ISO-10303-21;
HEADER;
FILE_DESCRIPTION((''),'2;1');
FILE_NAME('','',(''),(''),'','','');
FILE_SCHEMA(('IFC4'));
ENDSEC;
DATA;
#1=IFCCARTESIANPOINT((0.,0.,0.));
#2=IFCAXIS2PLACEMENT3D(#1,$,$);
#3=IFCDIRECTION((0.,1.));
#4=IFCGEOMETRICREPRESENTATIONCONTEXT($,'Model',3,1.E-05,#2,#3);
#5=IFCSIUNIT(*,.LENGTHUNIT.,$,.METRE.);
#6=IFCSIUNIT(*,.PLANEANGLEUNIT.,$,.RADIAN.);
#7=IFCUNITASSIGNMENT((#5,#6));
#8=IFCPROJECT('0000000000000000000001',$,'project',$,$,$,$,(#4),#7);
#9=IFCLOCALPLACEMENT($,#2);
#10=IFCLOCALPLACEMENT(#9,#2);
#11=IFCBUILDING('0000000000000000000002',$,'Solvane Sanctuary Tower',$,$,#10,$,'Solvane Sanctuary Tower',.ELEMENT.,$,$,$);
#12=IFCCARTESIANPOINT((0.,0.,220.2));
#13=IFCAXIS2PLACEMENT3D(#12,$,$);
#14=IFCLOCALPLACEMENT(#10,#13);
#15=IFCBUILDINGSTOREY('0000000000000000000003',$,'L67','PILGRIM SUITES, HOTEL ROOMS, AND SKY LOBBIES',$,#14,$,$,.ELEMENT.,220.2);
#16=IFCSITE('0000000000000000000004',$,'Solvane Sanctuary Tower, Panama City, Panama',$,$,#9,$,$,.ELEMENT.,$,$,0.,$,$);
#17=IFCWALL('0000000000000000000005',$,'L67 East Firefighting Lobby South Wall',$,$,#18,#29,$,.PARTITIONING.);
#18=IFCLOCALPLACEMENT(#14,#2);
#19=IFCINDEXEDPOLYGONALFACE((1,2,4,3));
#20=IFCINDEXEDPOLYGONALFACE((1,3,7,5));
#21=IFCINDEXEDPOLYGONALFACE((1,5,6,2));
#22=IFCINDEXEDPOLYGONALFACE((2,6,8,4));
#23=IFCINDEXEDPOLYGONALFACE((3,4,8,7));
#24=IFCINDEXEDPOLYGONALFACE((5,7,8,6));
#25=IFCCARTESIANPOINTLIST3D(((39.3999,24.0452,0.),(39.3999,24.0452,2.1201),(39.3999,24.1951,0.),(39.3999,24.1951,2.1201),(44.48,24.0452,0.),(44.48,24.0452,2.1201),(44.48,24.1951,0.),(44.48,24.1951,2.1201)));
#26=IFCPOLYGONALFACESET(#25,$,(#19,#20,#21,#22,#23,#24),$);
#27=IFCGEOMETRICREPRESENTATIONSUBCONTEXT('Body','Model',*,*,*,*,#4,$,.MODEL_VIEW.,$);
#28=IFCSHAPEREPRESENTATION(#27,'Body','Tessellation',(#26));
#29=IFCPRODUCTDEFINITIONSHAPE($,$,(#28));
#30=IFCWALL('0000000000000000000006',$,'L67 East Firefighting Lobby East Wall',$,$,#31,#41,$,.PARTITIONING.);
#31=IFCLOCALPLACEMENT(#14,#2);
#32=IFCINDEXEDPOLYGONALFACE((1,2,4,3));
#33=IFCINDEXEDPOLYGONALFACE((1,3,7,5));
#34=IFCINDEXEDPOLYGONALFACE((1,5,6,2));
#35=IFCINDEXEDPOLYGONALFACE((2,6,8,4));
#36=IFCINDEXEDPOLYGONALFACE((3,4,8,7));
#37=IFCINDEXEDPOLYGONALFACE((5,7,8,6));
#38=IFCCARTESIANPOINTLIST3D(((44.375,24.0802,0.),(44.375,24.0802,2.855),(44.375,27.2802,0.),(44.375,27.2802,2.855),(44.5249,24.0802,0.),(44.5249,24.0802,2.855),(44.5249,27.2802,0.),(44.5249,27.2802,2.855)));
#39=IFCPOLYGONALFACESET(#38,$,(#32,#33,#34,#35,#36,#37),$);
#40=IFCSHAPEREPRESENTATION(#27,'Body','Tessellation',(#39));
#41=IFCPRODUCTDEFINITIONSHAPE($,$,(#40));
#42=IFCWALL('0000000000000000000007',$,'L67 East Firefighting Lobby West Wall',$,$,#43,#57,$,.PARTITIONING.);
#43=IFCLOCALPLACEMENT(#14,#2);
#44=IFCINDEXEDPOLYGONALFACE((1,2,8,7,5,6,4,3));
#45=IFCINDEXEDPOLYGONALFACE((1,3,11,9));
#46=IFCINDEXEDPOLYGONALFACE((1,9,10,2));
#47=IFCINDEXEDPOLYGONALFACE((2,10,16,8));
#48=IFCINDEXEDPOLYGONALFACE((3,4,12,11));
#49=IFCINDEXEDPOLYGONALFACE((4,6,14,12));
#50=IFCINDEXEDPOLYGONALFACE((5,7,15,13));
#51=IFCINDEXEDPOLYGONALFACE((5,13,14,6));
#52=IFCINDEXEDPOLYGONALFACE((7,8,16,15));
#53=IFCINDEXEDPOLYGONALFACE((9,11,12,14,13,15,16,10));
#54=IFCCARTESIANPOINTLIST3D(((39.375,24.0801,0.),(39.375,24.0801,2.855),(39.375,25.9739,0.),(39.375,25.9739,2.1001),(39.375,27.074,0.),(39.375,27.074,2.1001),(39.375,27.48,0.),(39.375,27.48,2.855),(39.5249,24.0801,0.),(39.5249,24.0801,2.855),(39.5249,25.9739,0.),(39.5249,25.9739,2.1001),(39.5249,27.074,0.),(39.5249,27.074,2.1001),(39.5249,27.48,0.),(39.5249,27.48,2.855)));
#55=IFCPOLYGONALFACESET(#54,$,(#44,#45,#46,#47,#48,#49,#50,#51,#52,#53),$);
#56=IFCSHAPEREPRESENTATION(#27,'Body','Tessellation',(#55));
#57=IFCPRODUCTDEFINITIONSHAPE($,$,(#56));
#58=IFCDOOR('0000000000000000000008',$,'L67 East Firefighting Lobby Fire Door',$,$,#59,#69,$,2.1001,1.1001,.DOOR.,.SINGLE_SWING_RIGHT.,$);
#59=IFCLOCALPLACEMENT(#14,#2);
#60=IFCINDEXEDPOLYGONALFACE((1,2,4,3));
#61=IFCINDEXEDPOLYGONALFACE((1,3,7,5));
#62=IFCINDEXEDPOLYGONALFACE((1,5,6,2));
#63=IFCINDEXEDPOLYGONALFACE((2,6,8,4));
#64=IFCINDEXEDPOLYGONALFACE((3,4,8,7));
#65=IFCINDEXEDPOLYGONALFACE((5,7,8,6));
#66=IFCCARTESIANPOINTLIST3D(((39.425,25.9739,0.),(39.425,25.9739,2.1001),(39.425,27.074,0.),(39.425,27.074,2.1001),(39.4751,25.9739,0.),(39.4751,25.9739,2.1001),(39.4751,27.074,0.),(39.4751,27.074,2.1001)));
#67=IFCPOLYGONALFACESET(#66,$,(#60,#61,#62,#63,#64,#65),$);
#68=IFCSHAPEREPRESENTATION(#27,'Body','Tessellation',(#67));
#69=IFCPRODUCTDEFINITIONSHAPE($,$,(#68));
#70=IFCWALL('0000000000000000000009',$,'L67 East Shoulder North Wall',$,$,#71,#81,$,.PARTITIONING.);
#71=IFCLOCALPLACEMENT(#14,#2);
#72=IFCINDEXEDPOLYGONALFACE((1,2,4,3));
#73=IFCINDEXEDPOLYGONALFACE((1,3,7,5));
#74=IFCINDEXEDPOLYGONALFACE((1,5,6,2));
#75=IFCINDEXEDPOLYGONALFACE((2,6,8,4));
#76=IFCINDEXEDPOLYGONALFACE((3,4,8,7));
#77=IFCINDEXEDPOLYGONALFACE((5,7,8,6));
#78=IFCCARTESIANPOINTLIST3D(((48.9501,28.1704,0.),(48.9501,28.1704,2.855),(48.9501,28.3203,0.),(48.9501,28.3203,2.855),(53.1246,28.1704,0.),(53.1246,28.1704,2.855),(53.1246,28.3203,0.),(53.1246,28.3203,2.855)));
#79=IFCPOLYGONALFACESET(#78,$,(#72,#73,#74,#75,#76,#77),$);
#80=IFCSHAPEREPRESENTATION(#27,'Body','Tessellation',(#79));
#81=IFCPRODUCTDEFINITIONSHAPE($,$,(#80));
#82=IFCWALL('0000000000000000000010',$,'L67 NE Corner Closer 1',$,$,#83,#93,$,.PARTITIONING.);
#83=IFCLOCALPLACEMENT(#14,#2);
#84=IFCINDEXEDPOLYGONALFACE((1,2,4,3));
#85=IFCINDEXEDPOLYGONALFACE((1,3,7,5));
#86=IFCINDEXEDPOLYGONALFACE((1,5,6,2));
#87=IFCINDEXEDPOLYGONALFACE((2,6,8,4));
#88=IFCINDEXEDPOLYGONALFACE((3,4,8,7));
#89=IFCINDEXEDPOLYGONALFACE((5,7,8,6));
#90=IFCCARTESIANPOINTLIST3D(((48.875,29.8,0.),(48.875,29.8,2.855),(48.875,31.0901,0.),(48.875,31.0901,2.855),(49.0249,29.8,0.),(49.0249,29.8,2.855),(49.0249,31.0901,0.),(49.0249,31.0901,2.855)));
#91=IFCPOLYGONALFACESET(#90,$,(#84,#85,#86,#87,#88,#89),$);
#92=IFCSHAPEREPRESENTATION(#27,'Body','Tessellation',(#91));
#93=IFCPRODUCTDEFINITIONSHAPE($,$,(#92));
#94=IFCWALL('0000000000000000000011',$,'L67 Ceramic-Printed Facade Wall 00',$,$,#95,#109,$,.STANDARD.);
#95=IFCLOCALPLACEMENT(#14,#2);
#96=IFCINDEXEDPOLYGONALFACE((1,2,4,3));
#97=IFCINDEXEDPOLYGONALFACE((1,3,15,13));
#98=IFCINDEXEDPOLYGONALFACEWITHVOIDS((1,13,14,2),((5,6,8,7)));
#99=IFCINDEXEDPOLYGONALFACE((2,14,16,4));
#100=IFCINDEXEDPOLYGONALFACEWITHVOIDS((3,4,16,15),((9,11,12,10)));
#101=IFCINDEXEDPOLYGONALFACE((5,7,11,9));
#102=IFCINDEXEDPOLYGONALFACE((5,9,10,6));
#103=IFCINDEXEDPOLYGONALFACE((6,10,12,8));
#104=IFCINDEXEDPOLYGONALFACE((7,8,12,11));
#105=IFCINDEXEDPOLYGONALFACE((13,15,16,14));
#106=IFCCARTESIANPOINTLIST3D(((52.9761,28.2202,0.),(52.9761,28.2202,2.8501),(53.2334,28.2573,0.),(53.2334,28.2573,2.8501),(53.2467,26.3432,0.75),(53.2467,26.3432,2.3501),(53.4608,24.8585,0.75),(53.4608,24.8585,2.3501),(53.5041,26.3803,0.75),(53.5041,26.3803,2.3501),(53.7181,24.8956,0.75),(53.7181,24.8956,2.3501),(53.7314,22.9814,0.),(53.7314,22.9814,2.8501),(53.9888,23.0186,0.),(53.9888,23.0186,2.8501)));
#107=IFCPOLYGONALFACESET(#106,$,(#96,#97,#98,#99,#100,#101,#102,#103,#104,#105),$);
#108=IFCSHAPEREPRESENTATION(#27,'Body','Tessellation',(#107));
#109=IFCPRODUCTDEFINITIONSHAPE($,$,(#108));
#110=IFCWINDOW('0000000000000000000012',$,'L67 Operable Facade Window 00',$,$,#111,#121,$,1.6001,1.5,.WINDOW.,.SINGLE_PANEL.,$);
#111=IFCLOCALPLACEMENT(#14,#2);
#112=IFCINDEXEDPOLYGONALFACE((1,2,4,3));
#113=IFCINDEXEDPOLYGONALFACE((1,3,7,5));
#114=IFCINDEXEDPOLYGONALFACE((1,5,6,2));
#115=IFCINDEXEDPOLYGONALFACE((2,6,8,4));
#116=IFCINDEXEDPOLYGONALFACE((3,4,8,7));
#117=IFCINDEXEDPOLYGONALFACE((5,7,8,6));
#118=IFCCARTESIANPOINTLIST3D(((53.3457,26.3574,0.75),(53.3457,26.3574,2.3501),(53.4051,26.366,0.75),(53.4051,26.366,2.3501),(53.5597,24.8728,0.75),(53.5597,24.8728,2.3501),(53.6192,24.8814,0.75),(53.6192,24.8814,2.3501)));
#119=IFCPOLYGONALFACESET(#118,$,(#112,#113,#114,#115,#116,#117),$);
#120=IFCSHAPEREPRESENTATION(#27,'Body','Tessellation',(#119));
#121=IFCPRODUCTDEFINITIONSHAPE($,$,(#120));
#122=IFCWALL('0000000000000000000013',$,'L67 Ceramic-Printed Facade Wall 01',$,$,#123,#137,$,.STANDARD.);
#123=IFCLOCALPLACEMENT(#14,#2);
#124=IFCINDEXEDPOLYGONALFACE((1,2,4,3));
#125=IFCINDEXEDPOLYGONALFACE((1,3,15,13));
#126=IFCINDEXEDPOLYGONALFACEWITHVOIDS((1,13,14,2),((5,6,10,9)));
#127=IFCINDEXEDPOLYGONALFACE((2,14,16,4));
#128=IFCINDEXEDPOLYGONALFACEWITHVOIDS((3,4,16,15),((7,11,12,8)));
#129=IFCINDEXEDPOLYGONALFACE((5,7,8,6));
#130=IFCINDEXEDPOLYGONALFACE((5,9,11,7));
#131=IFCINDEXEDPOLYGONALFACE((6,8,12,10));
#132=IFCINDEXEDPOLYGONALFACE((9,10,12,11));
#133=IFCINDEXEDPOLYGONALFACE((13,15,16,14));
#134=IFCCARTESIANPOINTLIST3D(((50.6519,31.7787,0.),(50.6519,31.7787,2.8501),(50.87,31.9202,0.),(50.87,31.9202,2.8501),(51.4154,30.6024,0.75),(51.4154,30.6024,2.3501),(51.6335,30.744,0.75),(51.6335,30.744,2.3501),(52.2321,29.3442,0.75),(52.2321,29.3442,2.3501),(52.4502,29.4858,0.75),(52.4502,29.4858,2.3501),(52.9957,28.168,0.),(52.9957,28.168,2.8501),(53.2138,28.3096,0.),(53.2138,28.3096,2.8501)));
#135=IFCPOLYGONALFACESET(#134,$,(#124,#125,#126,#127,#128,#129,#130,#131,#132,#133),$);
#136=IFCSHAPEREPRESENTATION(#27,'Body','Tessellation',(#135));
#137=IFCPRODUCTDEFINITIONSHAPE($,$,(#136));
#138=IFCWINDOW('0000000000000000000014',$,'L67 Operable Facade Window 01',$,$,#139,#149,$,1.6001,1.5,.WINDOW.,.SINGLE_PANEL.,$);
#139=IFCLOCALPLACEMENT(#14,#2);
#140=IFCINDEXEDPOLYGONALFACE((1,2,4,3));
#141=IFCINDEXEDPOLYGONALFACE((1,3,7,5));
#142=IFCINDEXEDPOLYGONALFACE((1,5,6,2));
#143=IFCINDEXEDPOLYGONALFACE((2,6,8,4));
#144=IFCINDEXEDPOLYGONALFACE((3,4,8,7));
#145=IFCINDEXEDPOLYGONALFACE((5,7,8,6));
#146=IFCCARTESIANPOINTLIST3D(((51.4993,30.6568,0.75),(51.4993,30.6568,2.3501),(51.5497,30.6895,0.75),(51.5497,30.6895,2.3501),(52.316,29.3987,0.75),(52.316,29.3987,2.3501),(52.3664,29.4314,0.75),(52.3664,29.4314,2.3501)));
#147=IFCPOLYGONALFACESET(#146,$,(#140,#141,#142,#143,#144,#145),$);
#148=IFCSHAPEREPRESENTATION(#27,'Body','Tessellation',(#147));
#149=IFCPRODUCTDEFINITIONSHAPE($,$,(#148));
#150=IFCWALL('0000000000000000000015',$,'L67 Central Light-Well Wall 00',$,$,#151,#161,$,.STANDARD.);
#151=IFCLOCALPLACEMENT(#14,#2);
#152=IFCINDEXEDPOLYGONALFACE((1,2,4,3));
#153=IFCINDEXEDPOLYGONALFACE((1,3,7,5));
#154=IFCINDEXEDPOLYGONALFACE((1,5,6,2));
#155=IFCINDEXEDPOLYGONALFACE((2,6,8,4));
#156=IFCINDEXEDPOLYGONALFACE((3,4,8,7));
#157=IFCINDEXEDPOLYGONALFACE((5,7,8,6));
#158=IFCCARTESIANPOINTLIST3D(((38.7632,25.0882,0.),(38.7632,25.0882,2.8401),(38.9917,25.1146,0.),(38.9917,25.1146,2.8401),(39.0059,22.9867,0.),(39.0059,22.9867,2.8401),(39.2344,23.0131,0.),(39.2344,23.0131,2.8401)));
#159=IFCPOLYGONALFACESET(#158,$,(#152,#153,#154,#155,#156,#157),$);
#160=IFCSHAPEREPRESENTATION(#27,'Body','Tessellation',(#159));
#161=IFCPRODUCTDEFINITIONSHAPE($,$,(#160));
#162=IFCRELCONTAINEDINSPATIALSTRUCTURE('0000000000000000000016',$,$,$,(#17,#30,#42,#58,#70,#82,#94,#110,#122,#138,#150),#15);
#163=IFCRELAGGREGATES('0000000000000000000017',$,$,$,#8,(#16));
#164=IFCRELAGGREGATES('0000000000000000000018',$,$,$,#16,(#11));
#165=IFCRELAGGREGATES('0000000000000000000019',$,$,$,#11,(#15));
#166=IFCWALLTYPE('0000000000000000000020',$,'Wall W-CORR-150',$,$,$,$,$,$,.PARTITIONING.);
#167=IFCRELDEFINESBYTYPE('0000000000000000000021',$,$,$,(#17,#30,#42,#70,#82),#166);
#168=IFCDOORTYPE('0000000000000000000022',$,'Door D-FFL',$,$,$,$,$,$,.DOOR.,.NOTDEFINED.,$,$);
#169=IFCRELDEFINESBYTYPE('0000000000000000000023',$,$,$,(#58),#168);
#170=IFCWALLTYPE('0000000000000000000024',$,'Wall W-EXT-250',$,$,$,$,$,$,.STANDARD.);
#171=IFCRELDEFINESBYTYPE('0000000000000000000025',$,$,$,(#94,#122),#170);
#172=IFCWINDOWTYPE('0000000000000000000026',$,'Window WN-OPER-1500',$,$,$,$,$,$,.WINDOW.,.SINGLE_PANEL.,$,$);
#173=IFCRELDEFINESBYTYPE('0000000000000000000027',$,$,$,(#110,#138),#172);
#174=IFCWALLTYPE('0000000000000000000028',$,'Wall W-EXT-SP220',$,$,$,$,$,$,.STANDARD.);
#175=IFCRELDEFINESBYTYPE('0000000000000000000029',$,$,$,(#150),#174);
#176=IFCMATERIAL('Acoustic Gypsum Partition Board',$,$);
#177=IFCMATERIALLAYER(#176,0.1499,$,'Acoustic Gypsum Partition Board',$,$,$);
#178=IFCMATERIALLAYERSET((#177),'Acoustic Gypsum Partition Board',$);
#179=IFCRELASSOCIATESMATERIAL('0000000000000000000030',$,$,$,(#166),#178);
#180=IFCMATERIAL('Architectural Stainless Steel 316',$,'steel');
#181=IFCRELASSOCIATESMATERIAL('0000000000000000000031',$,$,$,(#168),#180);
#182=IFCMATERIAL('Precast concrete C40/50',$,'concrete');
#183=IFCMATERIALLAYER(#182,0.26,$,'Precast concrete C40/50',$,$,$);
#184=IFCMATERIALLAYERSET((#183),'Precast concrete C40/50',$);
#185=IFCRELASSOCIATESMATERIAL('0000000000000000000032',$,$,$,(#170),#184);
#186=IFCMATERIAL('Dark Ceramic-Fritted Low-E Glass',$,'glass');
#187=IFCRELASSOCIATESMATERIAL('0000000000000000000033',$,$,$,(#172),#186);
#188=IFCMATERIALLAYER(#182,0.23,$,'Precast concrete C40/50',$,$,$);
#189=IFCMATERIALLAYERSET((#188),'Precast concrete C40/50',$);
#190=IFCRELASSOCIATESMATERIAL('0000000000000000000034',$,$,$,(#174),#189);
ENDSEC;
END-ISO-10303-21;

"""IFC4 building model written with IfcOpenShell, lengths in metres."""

from ifc_helpers import new_model, si_unit, direction, frame, frame_2d, origin, place, context, subcontext, project, spatial, rectangle, extrude, material, layer, layer_set, type_object, element, fill, save


model = new_model("IFC4")

# Units and contexts
model_context = context("Model", 3, precision=1e-05, world=origin(), true_north=direction((0.0, 1.0)))
body_context = subcontext(model_context, "Body", "Model", "MODEL_VIEW")
ifc_project = project(units=[si_unit("LENGTHUNIT", "METRE"), si_unit("PLANEANGLEUNIT", "RADIAN")], contexts=[model_context])

# Site, building, storey
site_placement = place(None, origin())
site = spatial("IfcSite", under=ifc_project, at=site_placement, Name="Solvane Sanctuary Tower, Panama City, Panama", CompositionType="ELEMENT", RefElevation=0.0)
building_placement = place(site_placement, origin())
building = spatial("IfcBuilding", under=site, at=building_placement, Name="Solvane Sanctuary Tower", LongName="Solvane Sanctuary Tower", CompositionType="ELEMENT")
storey_placement = place(building_placement, frame((0.0, 0.0, 220.2)))
storey = spatial("IfcBuildingStorey", under=building, at=storey_placement, Name="L67", Description="PILGRIM SUITES, HOTEL ROOMS, AND SKY LOBBIES", CompositionType="ELEMENT", Elevation=220.2)

# Walls
ifc_material_1 = material(Name="Acoustic Gypsum Partition Board")
ifc_layer_1 = layer(ifc_material_1, 0.1499, Name="Acoustic Gypsum Partition Board")
ifc_layer_set_1 = layer_set([ifc_layer_1], Name="Acoustic Gypsum Partition Board")
wall_type_1 = type_object("IfcWallType", Name="Wall W-CORR-150", PredefinedType="PARTITIONING", material=ifc_layer_set_1)
wall_1_placement = place(storey_placement, frame((39.3999, 24.1201, 0.0), z_axis=(0.0, 0.0, 1.0), x_axis=(1.0, 0.0, 0.0)))
element("IfcWall", 1, at=wall_1_placement, inside=storey, type_object=wall_type_1, Name="L67 East Firefighting Lobby South Wall", PredefinedType="PARTITIONING", context=body_context, shape_type="SweptSolid", body=[
    extrude(rectangle(XDim=5.0801, YDim=0.1499, at=frame_2d((2.54, 0.0))), origin(), (0.0, 0.0, 1.0), 2.1201),
])
wall_2_placement = place(storey_placement, frame((44.45, 24.0801, 0.0), z_axis=(0.0, 0.0, 1.0), x_axis=(0.0, 1.0, 0.0)))
element("IfcWall", 2, at=wall_2_placement, inside=storey, type_object=wall_type_1, Name="L67 East Firefighting Lobby East Wall", PredefinedType="PARTITIONING", context=body_context, shape_type="SweptSolid", body=[
    extrude(rectangle(XDim=3.2, YDim=0.1499, at=frame_2d((1.6001, 0.0))), origin(), (0.0, 0.0, 1.0), 2.855),
])

# Wall, opening, door
wall_3_placement = place(storey_placement, frame((39.45, 24.0801, 0.0), z_axis=(0.0, 0.0, 1.0), x_axis=(0.0, 1.0, 0.0)))
wall_3 = element("IfcWall", 3, at=wall_3_placement, inside=storey, type_object=wall_type_1, Name="L67 East Firefighting Lobby West Wall", PredefinedType="PARTITIONING", context=body_context, shape_type="SweptSolid", body=[
    extrude(rectangle(XDim=3.3999, YDim=0.1499, at=frame_2d((1.7, 0.0))), origin(), (0.0, 0.0, 1.0), 2.855),
])
opening_1_placement = place(wall_3_placement, frame((1.8938, 0.0, 0.0)))
opening_1 = element("IfcOpeningElement", 4, at=opening_1_placement, cuts=wall_3, PredefinedType="OPENING", context=body_context, shape_type="SweptSolid", body=[
    extrude(rectangle(XDim=1.1001, YDim=2.1001, at=frame_2d((0.55, 1.05))), frame((0.0, 0.085, 0.0), z_axis=(0.0, -1.0, 0.0), x_axis=(1.0, 0.0, 0.0)), (0.0, 0.0, 1.0), 0.1699),
])
ifc_material_2 = material(Name="Architectural Stainless Steel 316", Category="steel")
door_type_1 = type_object("IfcDoorType", Name="Door D-FFL", OperationType="NOTDEFINED", PredefinedType="DOOR", material=ifc_material_2)
door_1_placement = place(opening_1_placement, origin())
door_1 = element("IfcDoor", 5, at=door_1_placement, inside=storey, type_object=door_type_1, Name="L67 East Firefighting Lobby Fire Door", OperationType="SINGLE_SWING_RIGHT", OverallHeight=2.1001, OverallWidth=1.1001, PredefinedType="DOOR", context=body_context, shape_type="SweptSolid", body=[
    extrude(rectangle(XDim=1.1001, YDim=2.1001, at=frame_2d((0.55, 1.05))), frame((0.0, 0.0249, 0.0), z_axis=(0.0, -1.0, 0.0), x_axis=(1.0, 0.0, 0.0)), (0.0, 0.0, 1.0), 0.05),
])
fill(opening_1, door_1)

# Walls
wall_4_placement = place(storey_placement, frame((48.95, 28.2454, 0.0), z_axis=(0.0, 0.0, 1.0), x_axis=(1.0, 0.0, 0.0)))
element("IfcWall", 6, at=wall_4_placement, inside=storey, type_object=wall_type_1, Name="L67 East Shoulder North Wall", PredefinedType="PARTITIONING", context=body_context, shape_type="SweptSolid", body=[
    extrude(rectangle(XDim=4.1746, YDim=0.1499, at=frame_2d((2.0874, 0.0))), origin(), (0.0, 0.0, 1.0), 2.855),
])
wall_5_placement = place(storey_placement, frame((48.95, 29.8, 0.0), z_axis=(0.0, 0.0, 1.0), x_axis=(0.0, 1.0, 0.0)))
element("IfcWall", 7, at=wall_5_placement, inside=storey, type_object=wall_type_1, Name="L67 NE Corner Closer 1", PredefinedType="PARTITIONING", context=body_context, shape_type="SweptSolid", body=[
    extrude(rectangle(XDim=1.29, YDim=0.1499, at=frame_2d((0.645, 0.0))), origin(), (0.0, 0.0, 1.0), 2.855),
])

# Walls, openings, windows
ifc_material_3 = material(Name="Precast concrete C40/50", Category="concrete")
ifc_layer_2 = layer(ifc_material_3, 0.26, Name="Precast concrete C40/50")
ifc_layer_set_2 = layer_set([ifc_layer_2], Name="Precast concrete C40/50")
wall_type_2 = type_object("IfcWallType", Name="Wall W-EXT-250", PredefinedType="STANDARD", material=ifc_layer_set_2)
wall_6_placement = place(storey_placement, frame((53.8601, 23.0, 0.0), z_axis=(0.0, 0.0, 1.0), x_axis=(-0.142713, 0.989764, 0.0)))
wall_6 = element("IfcWall", 8, at=wall_6_placement, inside=storey, type_object=wall_type_2, Name="L67 Ceramic-Printed Facade Wall 00", PredefinedType="STANDARD", context=body_context, shape_type="SweptSolid", body=[
    extrude(rectangle(XDim=5.293, YDim=0.26, at=frame_2d((2.6465, 0.0))), origin(), (0.0, 0.0, 1.0), 2.8501),
])
opening_2_placement = place(wall_6_placement, frame((1.8965, 0.0, 0.75)))
opening_2 = element("IfcOpeningElement", 9, at=opening_2_placement, cuts=wall_6, PredefinedType="OPENING", context=body_context, shape_type="SweptSolid", body=[
    extrude(rectangle(XDim=1.5, YDim=1.6001, at=frame_2d((0.75, 0.8))), frame((0.0, 0.1399, 0.0), z_axis=(0.0, -1.0, 0.0), x_axis=(1.0, 0.0, 0.0)), (0.0, 0.0, 1.0), 0.28),
])
ifc_material_4 = material(Name="Dark Ceramic-Fritted Low-E Glass", Category="glass")
window_type_1 = type_object("IfcWindowType", Name="Window WN-OPER-1500", PartitioningType="SINGLE_PANEL", PredefinedType="WINDOW", material=ifc_material_4)
window_1_placement = place(opening_2_placement, origin())
window_1 = element("IfcWindow", 10, at=window_1_placement, inside=storey, type_object=window_type_1, Name="L67 Operable Facade Window 00", OverallHeight=1.6001, OverallWidth=1.5, PartitioningType="SINGLE_PANEL", PredefinedType="WINDOW", context=body_context, shape_type="SweptSolid", body=[
    extrude(rectangle(XDim=1.5, YDim=1.6001, at=frame_2d((0.75, 0.8))), frame((0.0, 0.03, 0.0), z_axis=(0.0, -1.0, 0.0), x_axis=(1.0, 0.0, 0.0)), (0.0, 0.0, 1.0), 0.0601),
])
fill(opening_2, window_1)
wall_7_placement = place(storey_placement, frame((53.1047, 28.2388, 0.0), z_axis=(0.0, 0.0, 1.0), x_axis=(-0.544476, 0.838776, 0.0)))
wall_7 = element("IfcWall", 11, at=wall_7_placement, inside=storey, type_object=wall_type_2, Name="L67 Ceramic-Printed Facade Wall 01", PredefinedType="STANDARD", context=body_context, shape_type="SweptSolid", body=[
    extrude(rectangle(XDim=4.3047, YDim=0.26, at=frame_2d((2.1523, 0.0))), origin(), (0.0, 0.0, 1.0), 2.8501),
])
opening_3_placement = place(wall_7_placement, frame((1.4023, 0.0, 0.75)))
opening_3 = element("IfcOpeningElement", 12, at=opening_3_placement, cuts=wall_7, PredefinedType="OPENING", context=body_context, shape_type="SweptSolid", body=[
    extrude(rectangle(XDim=1.5, YDim=1.6001, at=frame_2d((0.75, 0.8))), frame((0.0, 0.1399, 0.0), z_axis=(0.0, -1.0, 0.0), x_axis=(1.0, 0.0, 0.0)), (0.0, 0.0, 1.0), 0.28),
])
window_2_placement = place(opening_3_placement, origin())
window_2 = element("IfcWindow", 13, at=window_2_placement, inside=storey, type_object=window_type_1, Name="L67 Operable Facade Window 01", OverallHeight=1.6001, OverallWidth=1.5, PartitioningType="SINGLE_PANEL", PredefinedType="WINDOW", context=body_context, shape_type="SweptSolid", body=[
    extrude(rectangle(XDim=1.5, YDim=1.6001, at=frame_2d((0.75, 0.8))), frame((0.0, 0.03, 0.0), z_axis=(0.0, -1.0, 0.0), x_axis=(1.0, 0.0, 0.0)), (0.0, 0.0, 1.0), 0.0601),
])
fill(opening_3, window_2)

# Wall
ifc_layer_3 = layer(ifc_material_3, 0.23, Name="Precast concrete C40/50")
ifc_layer_set_3 = layer_set([ifc_layer_3], Name="Precast concrete C40/50")
wall_type_3 = type_object("IfcWallType", Name="Wall W-EXT-SP220", PredefinedType="STANDARD", material=ifc_layer_set_3)
wall_8_placement = place(storey_placement, frame((39.1201, 23.0, 0.0), z_axis=(0.0, 0.0, 1.0), x_axis=(-0.114712, 0.993399, 0.0)))
element("IfcWall", 14, at=wall_8_placement, inside=storey, type_object=wall_type_3, Name="L67 Central Light-Well Wall 00", PredefinedType="STANDARD", context=body_context, shape_type="SweptSolid", body=[
    extrude(rectangle(XDim=2.1155, YDim=0.23, at=frame_2d((1.0576, 0.0))), origin(), (0.0, 0.0, 1.0), 2.8401),
])

save(model, "model.ifc")
